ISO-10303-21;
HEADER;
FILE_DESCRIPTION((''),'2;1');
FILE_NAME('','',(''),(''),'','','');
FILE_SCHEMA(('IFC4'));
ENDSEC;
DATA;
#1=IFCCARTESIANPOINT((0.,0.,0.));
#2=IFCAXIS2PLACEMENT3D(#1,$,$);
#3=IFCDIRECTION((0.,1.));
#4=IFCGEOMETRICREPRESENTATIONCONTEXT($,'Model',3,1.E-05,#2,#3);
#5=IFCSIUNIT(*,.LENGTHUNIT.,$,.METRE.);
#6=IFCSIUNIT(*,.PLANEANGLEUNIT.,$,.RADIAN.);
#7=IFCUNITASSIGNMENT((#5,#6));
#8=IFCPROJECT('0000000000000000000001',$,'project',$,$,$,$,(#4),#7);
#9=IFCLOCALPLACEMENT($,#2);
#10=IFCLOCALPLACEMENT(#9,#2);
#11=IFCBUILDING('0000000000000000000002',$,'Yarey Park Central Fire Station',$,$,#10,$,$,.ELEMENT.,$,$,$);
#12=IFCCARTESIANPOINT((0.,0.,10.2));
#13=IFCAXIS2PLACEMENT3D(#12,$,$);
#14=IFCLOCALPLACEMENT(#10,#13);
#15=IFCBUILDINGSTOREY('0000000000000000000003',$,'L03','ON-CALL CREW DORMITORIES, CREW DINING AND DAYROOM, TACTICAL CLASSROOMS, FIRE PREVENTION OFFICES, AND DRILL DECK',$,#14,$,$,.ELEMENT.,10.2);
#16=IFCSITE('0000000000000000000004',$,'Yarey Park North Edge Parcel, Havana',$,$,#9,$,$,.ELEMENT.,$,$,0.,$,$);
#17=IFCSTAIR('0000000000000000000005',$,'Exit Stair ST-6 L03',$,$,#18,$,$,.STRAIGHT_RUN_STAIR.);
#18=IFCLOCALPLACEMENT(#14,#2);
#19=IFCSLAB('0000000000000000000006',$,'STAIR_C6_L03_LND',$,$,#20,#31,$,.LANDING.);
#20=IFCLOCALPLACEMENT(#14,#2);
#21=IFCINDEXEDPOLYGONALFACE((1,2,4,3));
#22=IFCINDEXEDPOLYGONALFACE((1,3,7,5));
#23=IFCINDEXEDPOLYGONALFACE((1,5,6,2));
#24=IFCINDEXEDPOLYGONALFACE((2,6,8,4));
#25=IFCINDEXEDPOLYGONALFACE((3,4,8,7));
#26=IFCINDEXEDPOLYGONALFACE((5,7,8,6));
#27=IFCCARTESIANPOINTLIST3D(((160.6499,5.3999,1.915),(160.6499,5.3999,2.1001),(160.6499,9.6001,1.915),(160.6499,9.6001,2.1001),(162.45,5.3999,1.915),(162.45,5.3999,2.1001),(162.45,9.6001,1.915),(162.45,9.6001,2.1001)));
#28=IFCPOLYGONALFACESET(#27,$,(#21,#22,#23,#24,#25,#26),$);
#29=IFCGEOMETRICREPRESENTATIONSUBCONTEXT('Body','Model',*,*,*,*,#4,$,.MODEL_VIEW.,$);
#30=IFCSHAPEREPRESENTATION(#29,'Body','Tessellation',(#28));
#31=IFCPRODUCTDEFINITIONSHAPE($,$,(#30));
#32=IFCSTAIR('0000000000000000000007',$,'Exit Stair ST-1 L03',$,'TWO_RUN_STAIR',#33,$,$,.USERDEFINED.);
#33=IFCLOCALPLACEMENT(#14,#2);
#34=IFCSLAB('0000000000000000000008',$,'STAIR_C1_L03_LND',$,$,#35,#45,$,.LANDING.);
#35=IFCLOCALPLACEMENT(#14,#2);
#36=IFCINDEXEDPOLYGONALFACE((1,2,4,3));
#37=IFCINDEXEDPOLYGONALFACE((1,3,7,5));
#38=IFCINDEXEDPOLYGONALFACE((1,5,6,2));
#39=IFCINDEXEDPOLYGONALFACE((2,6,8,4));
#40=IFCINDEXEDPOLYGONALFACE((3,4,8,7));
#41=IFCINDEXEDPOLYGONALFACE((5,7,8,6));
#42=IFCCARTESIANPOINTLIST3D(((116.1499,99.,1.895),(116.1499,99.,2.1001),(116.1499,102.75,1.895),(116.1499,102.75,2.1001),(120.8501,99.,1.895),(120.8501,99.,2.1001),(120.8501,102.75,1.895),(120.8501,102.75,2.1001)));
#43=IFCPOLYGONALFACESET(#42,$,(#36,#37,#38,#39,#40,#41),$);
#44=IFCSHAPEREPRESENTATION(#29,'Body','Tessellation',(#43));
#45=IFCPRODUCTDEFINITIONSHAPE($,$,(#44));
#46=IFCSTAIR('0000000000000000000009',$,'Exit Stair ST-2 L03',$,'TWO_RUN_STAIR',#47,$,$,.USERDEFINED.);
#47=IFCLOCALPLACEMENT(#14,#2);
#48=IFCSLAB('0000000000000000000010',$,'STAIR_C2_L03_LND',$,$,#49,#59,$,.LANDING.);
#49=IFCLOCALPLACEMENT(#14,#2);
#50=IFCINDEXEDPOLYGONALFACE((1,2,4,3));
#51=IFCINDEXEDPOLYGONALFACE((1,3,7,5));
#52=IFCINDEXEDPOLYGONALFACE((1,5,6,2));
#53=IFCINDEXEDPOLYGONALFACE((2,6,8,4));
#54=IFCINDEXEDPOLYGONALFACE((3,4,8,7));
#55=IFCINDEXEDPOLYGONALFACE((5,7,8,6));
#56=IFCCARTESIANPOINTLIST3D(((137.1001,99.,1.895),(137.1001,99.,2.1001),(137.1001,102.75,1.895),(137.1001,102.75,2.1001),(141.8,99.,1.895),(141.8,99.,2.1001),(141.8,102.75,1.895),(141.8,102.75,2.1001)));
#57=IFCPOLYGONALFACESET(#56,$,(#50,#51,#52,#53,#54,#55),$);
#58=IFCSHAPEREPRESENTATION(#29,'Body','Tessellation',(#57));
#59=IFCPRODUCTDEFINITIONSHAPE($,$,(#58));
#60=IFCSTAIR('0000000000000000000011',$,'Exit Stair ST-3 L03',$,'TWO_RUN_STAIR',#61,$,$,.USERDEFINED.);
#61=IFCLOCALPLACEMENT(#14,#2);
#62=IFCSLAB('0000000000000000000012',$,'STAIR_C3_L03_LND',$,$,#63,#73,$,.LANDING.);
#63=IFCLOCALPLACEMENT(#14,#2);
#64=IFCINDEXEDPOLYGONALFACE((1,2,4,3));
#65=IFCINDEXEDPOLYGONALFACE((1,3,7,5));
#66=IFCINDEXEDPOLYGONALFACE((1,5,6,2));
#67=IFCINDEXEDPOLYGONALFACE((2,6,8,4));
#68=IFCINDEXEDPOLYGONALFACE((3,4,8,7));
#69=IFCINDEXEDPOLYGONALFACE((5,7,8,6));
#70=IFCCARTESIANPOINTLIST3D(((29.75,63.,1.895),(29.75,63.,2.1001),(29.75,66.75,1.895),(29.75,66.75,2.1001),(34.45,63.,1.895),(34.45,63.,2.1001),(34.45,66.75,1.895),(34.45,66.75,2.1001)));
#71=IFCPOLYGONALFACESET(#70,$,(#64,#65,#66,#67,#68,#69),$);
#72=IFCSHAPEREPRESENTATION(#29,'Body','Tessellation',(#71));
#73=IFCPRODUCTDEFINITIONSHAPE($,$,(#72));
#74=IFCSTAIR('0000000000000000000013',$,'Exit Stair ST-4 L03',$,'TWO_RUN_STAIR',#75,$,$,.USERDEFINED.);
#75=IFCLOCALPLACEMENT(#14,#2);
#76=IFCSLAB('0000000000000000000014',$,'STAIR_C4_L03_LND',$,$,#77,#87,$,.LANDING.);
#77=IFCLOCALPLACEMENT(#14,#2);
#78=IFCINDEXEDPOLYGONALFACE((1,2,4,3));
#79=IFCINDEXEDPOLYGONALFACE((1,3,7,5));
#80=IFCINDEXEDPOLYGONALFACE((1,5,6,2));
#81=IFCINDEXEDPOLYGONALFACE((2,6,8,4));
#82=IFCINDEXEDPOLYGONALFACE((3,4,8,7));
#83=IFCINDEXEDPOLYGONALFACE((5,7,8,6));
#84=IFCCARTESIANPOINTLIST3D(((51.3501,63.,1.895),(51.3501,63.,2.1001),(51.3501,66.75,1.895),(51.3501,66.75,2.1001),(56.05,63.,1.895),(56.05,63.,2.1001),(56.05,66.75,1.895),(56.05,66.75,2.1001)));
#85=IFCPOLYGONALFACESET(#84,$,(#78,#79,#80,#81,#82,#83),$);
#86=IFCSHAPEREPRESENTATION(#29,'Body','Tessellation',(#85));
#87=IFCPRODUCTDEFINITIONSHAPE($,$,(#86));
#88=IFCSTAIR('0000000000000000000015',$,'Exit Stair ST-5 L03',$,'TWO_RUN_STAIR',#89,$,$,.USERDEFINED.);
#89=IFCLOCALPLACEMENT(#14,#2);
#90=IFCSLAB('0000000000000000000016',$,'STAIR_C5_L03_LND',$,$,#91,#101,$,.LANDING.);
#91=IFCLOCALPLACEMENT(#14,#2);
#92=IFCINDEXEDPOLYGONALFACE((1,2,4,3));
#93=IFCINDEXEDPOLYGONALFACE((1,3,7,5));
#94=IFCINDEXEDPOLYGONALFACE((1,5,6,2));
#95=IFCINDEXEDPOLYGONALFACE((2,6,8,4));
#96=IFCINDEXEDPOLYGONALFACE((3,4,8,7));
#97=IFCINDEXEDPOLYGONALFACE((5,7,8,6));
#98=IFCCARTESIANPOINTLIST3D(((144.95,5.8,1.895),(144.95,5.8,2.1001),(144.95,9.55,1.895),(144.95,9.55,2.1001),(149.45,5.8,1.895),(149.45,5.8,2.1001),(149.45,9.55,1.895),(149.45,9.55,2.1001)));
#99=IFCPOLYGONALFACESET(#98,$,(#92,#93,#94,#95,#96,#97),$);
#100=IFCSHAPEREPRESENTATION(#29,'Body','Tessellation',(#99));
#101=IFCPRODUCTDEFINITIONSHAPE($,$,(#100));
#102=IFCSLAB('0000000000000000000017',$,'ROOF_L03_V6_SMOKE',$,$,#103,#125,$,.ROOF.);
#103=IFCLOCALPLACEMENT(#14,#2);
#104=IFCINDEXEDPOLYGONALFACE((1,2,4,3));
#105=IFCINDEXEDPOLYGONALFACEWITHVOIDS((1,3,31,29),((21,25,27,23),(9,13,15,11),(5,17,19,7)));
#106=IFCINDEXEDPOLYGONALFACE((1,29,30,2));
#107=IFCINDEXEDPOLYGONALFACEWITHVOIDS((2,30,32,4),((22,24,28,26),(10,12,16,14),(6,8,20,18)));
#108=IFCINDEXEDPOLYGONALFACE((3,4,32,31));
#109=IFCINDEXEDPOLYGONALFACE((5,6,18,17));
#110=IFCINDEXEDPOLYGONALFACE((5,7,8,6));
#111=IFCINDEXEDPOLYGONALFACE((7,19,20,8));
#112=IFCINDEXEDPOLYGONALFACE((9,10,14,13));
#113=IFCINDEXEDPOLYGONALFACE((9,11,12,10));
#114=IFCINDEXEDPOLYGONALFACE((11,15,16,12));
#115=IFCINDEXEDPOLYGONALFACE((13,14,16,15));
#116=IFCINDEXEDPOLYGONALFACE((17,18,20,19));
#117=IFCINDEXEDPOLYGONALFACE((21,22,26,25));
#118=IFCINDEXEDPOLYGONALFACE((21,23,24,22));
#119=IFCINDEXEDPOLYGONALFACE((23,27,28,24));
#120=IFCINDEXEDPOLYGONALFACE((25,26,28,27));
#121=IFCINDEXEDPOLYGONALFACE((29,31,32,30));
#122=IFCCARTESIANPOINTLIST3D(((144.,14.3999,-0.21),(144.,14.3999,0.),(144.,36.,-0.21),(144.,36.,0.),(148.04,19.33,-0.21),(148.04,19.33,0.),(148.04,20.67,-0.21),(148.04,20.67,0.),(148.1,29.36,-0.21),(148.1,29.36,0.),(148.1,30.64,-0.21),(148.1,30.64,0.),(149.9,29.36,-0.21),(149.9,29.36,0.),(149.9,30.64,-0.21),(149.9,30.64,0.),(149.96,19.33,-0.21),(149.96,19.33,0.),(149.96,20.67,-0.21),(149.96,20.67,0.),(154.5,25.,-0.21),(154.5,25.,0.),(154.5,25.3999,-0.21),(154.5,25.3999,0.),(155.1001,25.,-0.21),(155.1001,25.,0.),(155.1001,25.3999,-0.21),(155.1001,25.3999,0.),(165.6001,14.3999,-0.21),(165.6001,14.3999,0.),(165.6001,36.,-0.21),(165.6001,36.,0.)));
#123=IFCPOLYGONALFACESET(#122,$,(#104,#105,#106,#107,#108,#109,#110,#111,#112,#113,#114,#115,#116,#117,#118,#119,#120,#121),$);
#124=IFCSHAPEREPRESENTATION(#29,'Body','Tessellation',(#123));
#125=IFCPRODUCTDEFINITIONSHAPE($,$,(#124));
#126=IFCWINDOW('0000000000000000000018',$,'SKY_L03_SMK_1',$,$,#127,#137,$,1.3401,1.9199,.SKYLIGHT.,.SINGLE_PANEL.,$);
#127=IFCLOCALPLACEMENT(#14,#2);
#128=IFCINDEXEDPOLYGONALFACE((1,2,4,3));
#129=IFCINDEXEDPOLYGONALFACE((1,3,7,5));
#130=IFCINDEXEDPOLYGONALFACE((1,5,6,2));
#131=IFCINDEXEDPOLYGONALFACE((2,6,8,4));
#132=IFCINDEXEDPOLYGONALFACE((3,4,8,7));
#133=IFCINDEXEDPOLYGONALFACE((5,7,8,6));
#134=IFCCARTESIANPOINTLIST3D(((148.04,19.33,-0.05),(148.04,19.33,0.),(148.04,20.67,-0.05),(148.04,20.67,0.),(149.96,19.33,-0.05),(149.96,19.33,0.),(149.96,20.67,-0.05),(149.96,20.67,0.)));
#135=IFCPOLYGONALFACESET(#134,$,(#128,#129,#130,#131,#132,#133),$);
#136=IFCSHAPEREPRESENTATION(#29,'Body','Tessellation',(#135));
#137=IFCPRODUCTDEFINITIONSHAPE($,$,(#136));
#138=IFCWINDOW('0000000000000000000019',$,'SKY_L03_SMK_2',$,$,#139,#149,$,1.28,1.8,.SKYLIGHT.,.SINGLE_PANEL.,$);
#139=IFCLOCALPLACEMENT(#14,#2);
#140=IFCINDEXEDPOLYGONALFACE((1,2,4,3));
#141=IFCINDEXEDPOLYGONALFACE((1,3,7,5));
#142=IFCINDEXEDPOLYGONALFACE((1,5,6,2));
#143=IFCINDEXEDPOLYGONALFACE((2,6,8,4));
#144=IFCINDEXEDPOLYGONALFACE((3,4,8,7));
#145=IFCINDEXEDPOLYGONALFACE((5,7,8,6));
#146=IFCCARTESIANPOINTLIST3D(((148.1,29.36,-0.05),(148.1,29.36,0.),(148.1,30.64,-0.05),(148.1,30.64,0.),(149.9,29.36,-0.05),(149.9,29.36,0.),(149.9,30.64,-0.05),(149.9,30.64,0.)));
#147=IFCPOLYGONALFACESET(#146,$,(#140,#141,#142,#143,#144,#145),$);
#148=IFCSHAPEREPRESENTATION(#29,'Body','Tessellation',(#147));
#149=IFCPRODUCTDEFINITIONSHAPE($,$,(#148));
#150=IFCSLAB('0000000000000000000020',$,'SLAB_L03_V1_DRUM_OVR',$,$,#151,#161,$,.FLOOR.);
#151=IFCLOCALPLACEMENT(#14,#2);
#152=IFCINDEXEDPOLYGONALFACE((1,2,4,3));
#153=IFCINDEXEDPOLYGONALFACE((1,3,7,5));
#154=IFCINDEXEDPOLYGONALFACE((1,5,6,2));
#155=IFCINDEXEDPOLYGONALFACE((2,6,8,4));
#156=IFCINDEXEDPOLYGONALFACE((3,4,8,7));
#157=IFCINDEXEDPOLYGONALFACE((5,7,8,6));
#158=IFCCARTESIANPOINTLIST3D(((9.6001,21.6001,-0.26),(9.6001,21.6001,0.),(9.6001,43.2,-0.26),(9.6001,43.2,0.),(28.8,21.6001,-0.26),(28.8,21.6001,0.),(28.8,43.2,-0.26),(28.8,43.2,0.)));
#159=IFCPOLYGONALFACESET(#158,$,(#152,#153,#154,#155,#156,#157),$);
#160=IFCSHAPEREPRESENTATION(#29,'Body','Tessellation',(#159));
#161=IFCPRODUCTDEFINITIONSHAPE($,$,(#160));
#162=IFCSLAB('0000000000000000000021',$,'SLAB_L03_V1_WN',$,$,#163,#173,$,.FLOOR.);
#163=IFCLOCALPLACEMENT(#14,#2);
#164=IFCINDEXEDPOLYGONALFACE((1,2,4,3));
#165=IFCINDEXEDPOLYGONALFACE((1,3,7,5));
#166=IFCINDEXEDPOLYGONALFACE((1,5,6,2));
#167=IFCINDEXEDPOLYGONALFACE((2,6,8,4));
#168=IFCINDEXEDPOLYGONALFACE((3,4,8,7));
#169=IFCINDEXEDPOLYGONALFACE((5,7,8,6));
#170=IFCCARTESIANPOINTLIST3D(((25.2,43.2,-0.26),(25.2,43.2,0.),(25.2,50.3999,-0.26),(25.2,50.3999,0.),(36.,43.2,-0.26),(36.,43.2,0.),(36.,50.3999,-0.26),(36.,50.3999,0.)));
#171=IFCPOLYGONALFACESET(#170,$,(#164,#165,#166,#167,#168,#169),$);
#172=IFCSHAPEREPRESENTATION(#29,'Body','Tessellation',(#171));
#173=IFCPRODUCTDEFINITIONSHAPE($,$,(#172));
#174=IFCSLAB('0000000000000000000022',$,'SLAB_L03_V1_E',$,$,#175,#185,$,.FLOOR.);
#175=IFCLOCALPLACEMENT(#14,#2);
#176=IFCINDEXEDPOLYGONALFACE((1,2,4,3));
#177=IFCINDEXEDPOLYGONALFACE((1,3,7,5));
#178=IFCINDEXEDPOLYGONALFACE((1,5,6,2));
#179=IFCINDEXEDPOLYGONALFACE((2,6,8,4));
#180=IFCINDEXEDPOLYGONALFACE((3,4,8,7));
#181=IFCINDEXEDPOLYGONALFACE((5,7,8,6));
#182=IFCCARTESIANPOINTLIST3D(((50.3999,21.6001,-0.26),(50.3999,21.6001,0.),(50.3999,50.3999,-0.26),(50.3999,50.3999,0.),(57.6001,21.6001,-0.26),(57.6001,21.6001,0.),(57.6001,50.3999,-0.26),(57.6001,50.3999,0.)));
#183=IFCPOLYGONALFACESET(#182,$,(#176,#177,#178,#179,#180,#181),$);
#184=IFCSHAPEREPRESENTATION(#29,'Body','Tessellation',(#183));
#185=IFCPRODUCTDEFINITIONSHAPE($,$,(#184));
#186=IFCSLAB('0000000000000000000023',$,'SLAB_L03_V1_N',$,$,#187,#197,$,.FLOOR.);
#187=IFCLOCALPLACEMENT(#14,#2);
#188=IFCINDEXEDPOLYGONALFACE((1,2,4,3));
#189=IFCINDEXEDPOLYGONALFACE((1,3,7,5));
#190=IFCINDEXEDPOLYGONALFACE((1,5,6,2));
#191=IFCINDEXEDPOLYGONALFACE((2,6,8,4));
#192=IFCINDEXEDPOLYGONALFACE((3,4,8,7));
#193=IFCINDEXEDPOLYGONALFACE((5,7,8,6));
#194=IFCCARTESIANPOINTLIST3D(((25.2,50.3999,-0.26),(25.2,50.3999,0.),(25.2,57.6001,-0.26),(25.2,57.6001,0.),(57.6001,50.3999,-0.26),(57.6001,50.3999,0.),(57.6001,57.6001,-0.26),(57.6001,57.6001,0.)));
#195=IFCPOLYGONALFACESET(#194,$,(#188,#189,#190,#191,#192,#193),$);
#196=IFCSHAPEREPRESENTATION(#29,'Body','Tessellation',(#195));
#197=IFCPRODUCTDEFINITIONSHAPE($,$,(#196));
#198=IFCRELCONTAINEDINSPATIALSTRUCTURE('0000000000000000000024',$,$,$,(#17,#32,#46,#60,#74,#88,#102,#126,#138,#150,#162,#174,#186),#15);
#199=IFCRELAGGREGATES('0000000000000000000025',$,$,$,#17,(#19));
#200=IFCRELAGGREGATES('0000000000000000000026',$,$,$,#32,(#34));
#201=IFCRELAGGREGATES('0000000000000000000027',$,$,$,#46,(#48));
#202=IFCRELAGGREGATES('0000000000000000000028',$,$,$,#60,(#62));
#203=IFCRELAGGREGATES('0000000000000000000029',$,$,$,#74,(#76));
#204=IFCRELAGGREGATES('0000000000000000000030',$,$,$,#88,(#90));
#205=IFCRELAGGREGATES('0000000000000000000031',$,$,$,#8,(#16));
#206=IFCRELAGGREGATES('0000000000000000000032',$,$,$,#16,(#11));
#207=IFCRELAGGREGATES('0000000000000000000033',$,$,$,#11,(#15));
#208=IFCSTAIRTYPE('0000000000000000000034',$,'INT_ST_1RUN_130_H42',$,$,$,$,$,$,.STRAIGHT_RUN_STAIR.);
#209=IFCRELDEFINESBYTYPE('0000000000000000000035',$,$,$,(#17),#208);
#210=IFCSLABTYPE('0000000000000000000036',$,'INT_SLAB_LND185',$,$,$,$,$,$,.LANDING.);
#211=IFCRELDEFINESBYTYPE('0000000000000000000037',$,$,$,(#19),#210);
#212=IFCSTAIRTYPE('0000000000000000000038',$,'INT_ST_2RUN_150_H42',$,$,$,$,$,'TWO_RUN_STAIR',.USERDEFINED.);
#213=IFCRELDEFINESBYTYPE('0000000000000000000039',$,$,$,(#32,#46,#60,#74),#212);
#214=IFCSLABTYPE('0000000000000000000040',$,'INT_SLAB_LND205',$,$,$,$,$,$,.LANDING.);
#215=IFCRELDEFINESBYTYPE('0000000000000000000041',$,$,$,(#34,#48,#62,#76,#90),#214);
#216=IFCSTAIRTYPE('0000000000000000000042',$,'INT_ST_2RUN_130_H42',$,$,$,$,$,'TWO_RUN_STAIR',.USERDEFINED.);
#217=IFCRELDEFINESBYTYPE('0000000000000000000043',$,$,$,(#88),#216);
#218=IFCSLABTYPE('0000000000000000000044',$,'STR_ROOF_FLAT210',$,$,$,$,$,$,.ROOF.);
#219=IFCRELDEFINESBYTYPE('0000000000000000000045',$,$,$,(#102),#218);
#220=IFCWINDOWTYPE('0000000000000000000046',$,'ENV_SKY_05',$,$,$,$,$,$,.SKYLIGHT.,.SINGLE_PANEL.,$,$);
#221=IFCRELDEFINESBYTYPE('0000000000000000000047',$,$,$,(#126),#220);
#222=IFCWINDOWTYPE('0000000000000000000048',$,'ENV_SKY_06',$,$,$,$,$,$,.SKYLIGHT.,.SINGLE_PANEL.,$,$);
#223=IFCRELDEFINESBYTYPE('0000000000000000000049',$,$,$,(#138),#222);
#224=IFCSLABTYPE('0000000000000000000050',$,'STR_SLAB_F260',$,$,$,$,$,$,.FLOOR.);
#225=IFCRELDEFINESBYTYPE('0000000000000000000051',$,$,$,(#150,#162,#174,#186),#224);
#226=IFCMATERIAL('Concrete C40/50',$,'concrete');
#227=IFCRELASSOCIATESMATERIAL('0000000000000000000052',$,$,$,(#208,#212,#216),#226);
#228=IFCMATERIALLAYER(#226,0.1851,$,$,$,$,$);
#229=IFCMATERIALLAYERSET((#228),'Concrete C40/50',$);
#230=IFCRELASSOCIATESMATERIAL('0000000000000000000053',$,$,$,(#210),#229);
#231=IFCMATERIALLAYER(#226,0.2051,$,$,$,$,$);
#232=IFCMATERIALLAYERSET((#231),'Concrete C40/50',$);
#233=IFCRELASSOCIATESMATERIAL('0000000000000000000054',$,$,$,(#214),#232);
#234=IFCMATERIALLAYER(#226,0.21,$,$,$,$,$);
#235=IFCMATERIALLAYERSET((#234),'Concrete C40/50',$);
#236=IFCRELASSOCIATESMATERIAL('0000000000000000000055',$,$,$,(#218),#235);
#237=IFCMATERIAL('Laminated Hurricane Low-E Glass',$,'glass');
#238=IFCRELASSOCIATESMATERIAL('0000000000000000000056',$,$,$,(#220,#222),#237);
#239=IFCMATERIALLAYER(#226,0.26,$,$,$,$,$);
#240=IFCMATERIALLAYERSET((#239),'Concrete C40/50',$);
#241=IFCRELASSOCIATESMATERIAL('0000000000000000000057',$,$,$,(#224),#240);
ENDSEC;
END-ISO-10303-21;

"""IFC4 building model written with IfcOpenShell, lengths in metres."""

from ifc_helpers import new_model, si_unit, direction, frame, origin, origin_2d, place, context, subcontext, project, spatial, polyline, rectangle, outline, extrude, material, layer, layer_set, type_object, element, fill, aggregate, save


model = new_model("IFC4")

# Units and contexts
model_context = context("Model", 3, precision=1e-05, world=origin(), true_north=direction((0.0, 1.0)))
body_context = subcontext(model_context, "Body", "Model", "MODEL_VIEW")
ifc_project = project(units=[si_unit("LENGTHUNIT", "METRE"), si_unit("PLANEANGLEUNIT", "RADIAN")], contexts=[model_context])

# Site, building, storey
site_placement = place(None, origin())
site = spatial("IfcSite", under=ifc_project, at=site_placement, Name="Yarey Park North Edge Parcel, Havana", CompositionType="ELEMENT", RefElevation=0.0)
building_placement = place(site_placement, origin())
building = spatial("IfcBuilding", under=site, at=building_placement, Name="Yarey Park Central Fire Station", CompositionType="ELEMENT")
storey_placement = place(building_placement, frame((0.0, 0.0, 10.2)))
storey = spatial("IfcBuildingStorey", under=building, at=storey_placement, Name="L03", Description="ON-CALL CREW DORMITORIES, CREW DINING AND DAYROOM, TACTICAL CLASSROOMS, FIRE PREVENTION OFFICES, AND DRILL DECK", CompositionType="ELEMENT", Elevation=10.2)

# Stairs, slabs
ifc_material_1 = material(Name="Concrete C40/50", Category="concrete")
stair_type_1 = type_object("IfcStairType", Name="INT_ST_1RUN_130_H42", PredefinedType="STRAIGHT_RUN_STAIR", material=ifc_material_1)
stair_1_placement = place(storey_placement, origin())
stair_1 = element("IfcStair", 1, at=stair_1_placement, inside=storey, type_object=stair_type_1, Name="Exit Stair ST-6 L03", PredefinedType="STRAIGHT_RUN_STAIR")
ifc_layer_1 = layer(ifc_material_1, 0.1851)
ifc_layer_set_1 = layer_set([ifc_layer_1], Name="Concrete C40/50")
slab_type_1 = type_object("IfcSlabType", Name="INT_SLAB_LND185", PredefinedType="LANDING", material=ifc_layer_set_1)
slab_1_placement = place(storey_placement, frame((0.0, 0.0, 1.915)))
slab_1 = element("IfcSlab", 2, at=slab_1_placement, type_object=slab_type_1, Name="STAIR_C6_L03_LND", PredefinedType="LANDING", context=body_context, shape_type="SweptSolid", body=[
    extrude(outline(polyline([(160.6499, 5.3999), (162.45, 5.3999), (162.45, 9.6001), (160.6499, 9.6001), (160.6499, 5.3999)])), origin(), (0.0, 0.0, 1.0), 0.1851),
])
aggregate(stair_1, [slab_1])
stair_type_2 = type_object("IfcStairType", Name="INT_ST_2RUN_150_H42", ElementType="TWO_RUN_STAIR", PredefinedType="USERDEFINED", material=ifc_material_1)
stair_2_placement = place(storey_placement, origin())
stair_2 = element("IfcStair", 3, at=stair_2_placement, inside=storey, type_object=stair_type_2, Name="Exit Stair ST-1 L03", ObjectType="TWO_RUN_STAIR", PredefinedType="USERDEFINED")
ifc_layer_2 = layer(ifc_material_1, 0.2051)
ifc_layer_set_2 = layer_set([ifc_layer_2], Name="Concrete C40/50")
slab_type_2 = type_object("IfcSlabType", Name="INT_SLAB_LND205", PredefinedType="LANDING", material=ifc_layer_set_2)
slab_2_placement = place(storey_placement, frame((0.0, 0.0, 1.895)))
slab_2 = element("IfcSlab", 4, at=slab_2_placement, type_object=slab_type_2, Name="STAIR_C1_L03_LND", PredefinedType="LANDING", context=body_context, shape_type="SweptSolid", body=[
    extrude(outline(polyline([(116.1499, 99.0), (120.8501, 99.0), (120.8501, 102.75), (116.1499, 102.75), (116.1499, 99.0)])), origin(), (0.0, 0.0, 1.0), 0.2051),
])
aggregate(stair_2, [slab_2])
stair_3_placement = place(storey_placement, origin())
stair_3 = element("IfcStair", 5, at=stair_3_placement, inside=storey, type_object=stair_type_2, Name="Exit Stair ST-2 L03", ObjectType="TWO_RUN_STAIR", PredefinedType="USERDEFINED")
slab_3_placement = place(storey_placement, frame((0.0, 0.0, 1.895)))
slab_3 = element("IfcSlab", 6, at=slab_3_placement, type_object=slab_type_2, Name="STAIR_C2_L03_LND", PredefinedType="LANDING", context=body_context, shape_type="SweptSolid", body=[
    extrude(outline(polyline([(137.1001, 99.0), (141.8, 99.0), (141.8, 102.75), (137.1001, 102.75), (137.1001, 99.0)])), origin(), (0.0, 0.0, 1.0), 0.2051),
])
aggregate(stair_3, [slab_3])
stair_4_placement = place(storey_placement, origin())
stair_4 = element("IfcStair", 7, at=stair_4_placement, inside=storey, type_object=stair_type_2, Name="Exit Stair ST-3 L03", ObjectType="TWO_RUN_STAIR", PredefinedType="USERDEFINED")
slab_4_placement = place(storey_placement, frame((0.0, 0.0, 1.895)))
slab_4 = element("IfcSlab", 8, at=slab_4_placement, type_object=slab_type_2, Name="STAIR_C3_L03_LND", PredefinedType="LANDING", context=body_context, shape_type="SweptSolid", body=[
    extrude(outline(polyline([(29.75, 63.0), (34.45, 63.0), (34.45, 66.75), (29.75, 66.75), (29.75, 63.0)])), origin(), (0.0, 0.0, 1.0), 0.2051),
])
aggregate(stair_4, [slab_4])
stair_5_placement = place(storey_placement, origin())
stair_5 = element("IfcStair", 9, at=stair_5_placement, inside=storey, type_object=stair_type_2, Name="Exit Stair ST-4 L03", ObjectType="TWO_RUN_STAIR", PredefinedType="USERDEFINED")
slab_5_placement = place(storey_placement, frame((0.0, 0.0, 1.895)))
slab_5 = element("IfcSlab", 10, at=slab_5_placement, type_object=slab_type_2, Name="STAIR_C4_L03_LND", PredefinedType="LANDING", context=body_context, shape_type="SweptSolid", body=[
    extrude(outline(polyline([(51.3501, 63.0), (56.05, 63.0), (56.05, 66.75), (51.3501, 66.75), (51.3501, 63.0)])), origin(), (0.0, 0.0, 1.0), 0.2051),
])
aggregate(stair_5, [slab_5])
stair_type_3 = type_object("IfcStairType", Name="INT_ST_2RUN_130_H42", ElementType="TWO_RUN_STAIR", PredefinedType="USERDEFINED", material=ifc_material_1)
stair_6_placement = place(storey_placement, origin())
stair_6 = element("IfcStair", 11, at=stair_6_placement, inside=storey, type_object=stair_type_3, Name="Exit Stair ST-5 L03", ObjectType="TWO_RUN_STAIR", PredefinedType="USERDEFINED")
slab_6_placement = place(storey_placement, frame((0.0, 0.0, 1.895)))
slab_6 = element("IfcSlab", 12, at=slab_6_placement, type_object=slab_type_2, Name="STAIR_C5_L03_LND", PredefinedType="LANDING", context=body_context, shape_type="SweptSolid", body=[
    extrude(outline(polyline([(144.95, 5.8), (149.45, 5.8), (149.45, 9.55), (144.95, 9.55), (144.95, 5.8)])), origin(), (0.0, 0.0, 1.0), 0.2051),
])
aggregate(stair_6, [slab_6])

# Slab, openings, windows
ifc_layer_3 = layer(ifc_material_1, 0.21)
ifc_layer_set_3 = layer_set([ifc_layer_3], Name="Concrete C40/50")
slab_type_3 = type_object("IfcSlabType", Name="STR_ROOF_FLAT210", PredefinedType="ROOF", material=ifc_layer_set_3)
slab_7_placement = place(storey_placement, frame((0.0, 0.0, -0.21)))
slab_7 = element("IfcSlab", 13, at=slab_7_placement, inside=storey, type_object=slab_type_3, Name="ROOF_L03_V6_SMOKE", PredefinedType="ROOF", context=body_context, shape_type="SweptSolid", body=[
    extrude(outline(polyline([(144.0, 14.3999), (165.6001, 14.3999), (165.6001, 36.0), (144.0, 36.0), (144.0, 14.3999)]), holes=[polyline([(154.5, 25.0), (155.1001, 25.0), (155.1001, 25.3999), (154.5, 25.3999), (154.5, 25.0)])]), origin(), (0.0, 0.0, 1.0), 0.21),
])
opening_1_placement = place(slab_7_placement, frame((149.0, 20.0, -0.01)))
opening_1 = element("IfcOpeningElement", 14, at=opening_1_placement, cuts=slab_7, PredefinedType="OPENING", context=body_context, shape_type="SweptSolid", body=[
    extrude(rectangle(XDim=1.9199, YDim=1.3401, at=origin_2d()), origin(), (0.0, 0.0, 1.0), 0.23),
])
opening_2_placement = place(slab_7_placement, frame((149.0, 30.0, -0.01)))
opening_2 = element("IfcOpeningElement", 15, at=opening_2_placement, cuts=slab_7, PredefinedType="OPENING", context=body_context, shape_type="SweptSolid", body=[
    extrude(rectangle(XDim=1.8, YDim=1.28, at=origin_2d()), origin(), (0.0, 0.0, 1.0), 0.23),
])
ifc_material_2 = material(Name="Laminated Hurricane Low-E Glass", Category="glass")
window_type_1 = type_object("IfcWindowType", Name="ENV_SKY_05", PartitioningType="SINGLE_PANEL", PredefinedType="SKYLIGHT", material=ifc_material_2)
window_1_placement = place(slab_7_placement, frame((149.0, 20.0, 0.1599)))
window_1 = element("IfcWindow", 16, at=window_1_placement, inside=storey, type_object=window_type_1, Name="SKY_L03_SMK_1", OverallHeight=1.3401, OverallWidth=1.9199, PartitioningType="SINGLE_PANEL", PredefinedType="SKYLIGHT", context=body_context, shape_type="SweptSolid", body=[
    extrude(rectangle(XDim=1.9199, YDim=1.3401, at=origin_2d()), origin(), (0.0, 0.0, 1.0), 0.05),
])
fill(opening_1, window_1)
window_type_2 = type_object("IfcWindowType", Name="ENV_SKY_06", PartitioningType="SINGLE_PANEL", PredefinedType="SKYLIGHT", material=ifc_material_2)
window_2_placement = place(slab_7_placement, frame((149.0, 30.0, 0.1599)))
window_2 = element("IfcWindow", 17, at=window_2_placement, inside=storey, type_object=window_type_2, Name="SKY_L03_SMK_2", OverallHeight=1.28, OverallWidth=1.8, PartitioningType="SINGLE_PANEL", PredefinedType="SKYLIGHT", context=body_context, shape_type="SweptSolid", body=[
    extrude(rectangle(XDim=1.8, YDim=1.28, at=origin_2d()), origin(), (0.0, 0.0, 1.0), 0.05),
])
fill(opening_2, window_2)

# Slabs
ifc_layer_4 = layer(ifc_material_1, 0.26)
ifc_layer_set_4 = layer_set([ifc_layer_4], Name="Concrete C40/50")
slab_type_4 = type_object("IfcSlabType", Name="STR_SLAB_F260", PredefinedType="FLOOR", material=ifc_layer_set_4)
slab_8_placement = place(storey_placement, frame((0.0, 0.0, -0.26)))
element("IfcSlab", 18, at=slab_8_placement, inside=storey, type_object=slab_type_4, Name="SLAB_L03_V1_DRUM_OVR", PredefinedType="FLOOR", context=body_context, shape_type="SweptSolid", body=[
    extrude(outline(polyline([(9.6001, 21.6001), (28.8, 21.6001), (28.8, 43.2), (9.6001, 43.2), (9.6001, 21.6001)])), origin(), (0.0, 0.0, 1.0), 0.26),
])
slab_9_placement = place(storey_placement, frame((0.0, 0.0, -0.26)))
element("IfcSlab", 19, at=slab_9_placement, inside=storey, type_object=slab_type_4, Name="SLAB_L03_V1_WN", PredefinedType="FLOOR", context=body_context, shape_type="SweptSolid", body=[
    extrude(outline(polyline([(25.2, 43.2), (36.0, 43.2), (36.0, 50.3999), (25.2, 50.3999), (25.2, 43.2)])), origin(), (0.0, 0.0, 1.0), 0.26),
])
slab_10_placement = place(storey_placement, frame((0.0, 0.0, -0.26)))
element("IfcSlab", 20, at=slab_10_placement, inside=storey, type_object=slab_type_4, Name="SLAB_L03_V1_E", PredefinedType="FLOOR", context=body_context, shape_type="SweptSolid", body=[
    extrude(outline(polyline([(50.3999, 21.6001), (57.6001, 21.6001), (57.6001, 50.3999), (50.3999, 50.3999), (50.3999, 21.6001)])), origin(), (0.0, 0.0, 1.0), 0.26),
])
slab_11_placement = place(storey_placement, frame((0.0, 0.0, -0.26)))
element("IfcSlab", 21, at=slab_11_placement, inside=storey, type_object=slab_type_4, Name="SLAB_L03_V1_N", PredefinedType="FLOOR", context=body_context, shape_type="SweptSolid", body=[
    extrude(outline(polyline([(25.2, 50.3999), (57.6001, 50.3999), (57.6001, 57.6001), (25.2, 57.6001), (25.2, 50.3999)])), origin(), (0.0, 0.0, 1.0), 0.26),
])

save(model, "model.ifc")
